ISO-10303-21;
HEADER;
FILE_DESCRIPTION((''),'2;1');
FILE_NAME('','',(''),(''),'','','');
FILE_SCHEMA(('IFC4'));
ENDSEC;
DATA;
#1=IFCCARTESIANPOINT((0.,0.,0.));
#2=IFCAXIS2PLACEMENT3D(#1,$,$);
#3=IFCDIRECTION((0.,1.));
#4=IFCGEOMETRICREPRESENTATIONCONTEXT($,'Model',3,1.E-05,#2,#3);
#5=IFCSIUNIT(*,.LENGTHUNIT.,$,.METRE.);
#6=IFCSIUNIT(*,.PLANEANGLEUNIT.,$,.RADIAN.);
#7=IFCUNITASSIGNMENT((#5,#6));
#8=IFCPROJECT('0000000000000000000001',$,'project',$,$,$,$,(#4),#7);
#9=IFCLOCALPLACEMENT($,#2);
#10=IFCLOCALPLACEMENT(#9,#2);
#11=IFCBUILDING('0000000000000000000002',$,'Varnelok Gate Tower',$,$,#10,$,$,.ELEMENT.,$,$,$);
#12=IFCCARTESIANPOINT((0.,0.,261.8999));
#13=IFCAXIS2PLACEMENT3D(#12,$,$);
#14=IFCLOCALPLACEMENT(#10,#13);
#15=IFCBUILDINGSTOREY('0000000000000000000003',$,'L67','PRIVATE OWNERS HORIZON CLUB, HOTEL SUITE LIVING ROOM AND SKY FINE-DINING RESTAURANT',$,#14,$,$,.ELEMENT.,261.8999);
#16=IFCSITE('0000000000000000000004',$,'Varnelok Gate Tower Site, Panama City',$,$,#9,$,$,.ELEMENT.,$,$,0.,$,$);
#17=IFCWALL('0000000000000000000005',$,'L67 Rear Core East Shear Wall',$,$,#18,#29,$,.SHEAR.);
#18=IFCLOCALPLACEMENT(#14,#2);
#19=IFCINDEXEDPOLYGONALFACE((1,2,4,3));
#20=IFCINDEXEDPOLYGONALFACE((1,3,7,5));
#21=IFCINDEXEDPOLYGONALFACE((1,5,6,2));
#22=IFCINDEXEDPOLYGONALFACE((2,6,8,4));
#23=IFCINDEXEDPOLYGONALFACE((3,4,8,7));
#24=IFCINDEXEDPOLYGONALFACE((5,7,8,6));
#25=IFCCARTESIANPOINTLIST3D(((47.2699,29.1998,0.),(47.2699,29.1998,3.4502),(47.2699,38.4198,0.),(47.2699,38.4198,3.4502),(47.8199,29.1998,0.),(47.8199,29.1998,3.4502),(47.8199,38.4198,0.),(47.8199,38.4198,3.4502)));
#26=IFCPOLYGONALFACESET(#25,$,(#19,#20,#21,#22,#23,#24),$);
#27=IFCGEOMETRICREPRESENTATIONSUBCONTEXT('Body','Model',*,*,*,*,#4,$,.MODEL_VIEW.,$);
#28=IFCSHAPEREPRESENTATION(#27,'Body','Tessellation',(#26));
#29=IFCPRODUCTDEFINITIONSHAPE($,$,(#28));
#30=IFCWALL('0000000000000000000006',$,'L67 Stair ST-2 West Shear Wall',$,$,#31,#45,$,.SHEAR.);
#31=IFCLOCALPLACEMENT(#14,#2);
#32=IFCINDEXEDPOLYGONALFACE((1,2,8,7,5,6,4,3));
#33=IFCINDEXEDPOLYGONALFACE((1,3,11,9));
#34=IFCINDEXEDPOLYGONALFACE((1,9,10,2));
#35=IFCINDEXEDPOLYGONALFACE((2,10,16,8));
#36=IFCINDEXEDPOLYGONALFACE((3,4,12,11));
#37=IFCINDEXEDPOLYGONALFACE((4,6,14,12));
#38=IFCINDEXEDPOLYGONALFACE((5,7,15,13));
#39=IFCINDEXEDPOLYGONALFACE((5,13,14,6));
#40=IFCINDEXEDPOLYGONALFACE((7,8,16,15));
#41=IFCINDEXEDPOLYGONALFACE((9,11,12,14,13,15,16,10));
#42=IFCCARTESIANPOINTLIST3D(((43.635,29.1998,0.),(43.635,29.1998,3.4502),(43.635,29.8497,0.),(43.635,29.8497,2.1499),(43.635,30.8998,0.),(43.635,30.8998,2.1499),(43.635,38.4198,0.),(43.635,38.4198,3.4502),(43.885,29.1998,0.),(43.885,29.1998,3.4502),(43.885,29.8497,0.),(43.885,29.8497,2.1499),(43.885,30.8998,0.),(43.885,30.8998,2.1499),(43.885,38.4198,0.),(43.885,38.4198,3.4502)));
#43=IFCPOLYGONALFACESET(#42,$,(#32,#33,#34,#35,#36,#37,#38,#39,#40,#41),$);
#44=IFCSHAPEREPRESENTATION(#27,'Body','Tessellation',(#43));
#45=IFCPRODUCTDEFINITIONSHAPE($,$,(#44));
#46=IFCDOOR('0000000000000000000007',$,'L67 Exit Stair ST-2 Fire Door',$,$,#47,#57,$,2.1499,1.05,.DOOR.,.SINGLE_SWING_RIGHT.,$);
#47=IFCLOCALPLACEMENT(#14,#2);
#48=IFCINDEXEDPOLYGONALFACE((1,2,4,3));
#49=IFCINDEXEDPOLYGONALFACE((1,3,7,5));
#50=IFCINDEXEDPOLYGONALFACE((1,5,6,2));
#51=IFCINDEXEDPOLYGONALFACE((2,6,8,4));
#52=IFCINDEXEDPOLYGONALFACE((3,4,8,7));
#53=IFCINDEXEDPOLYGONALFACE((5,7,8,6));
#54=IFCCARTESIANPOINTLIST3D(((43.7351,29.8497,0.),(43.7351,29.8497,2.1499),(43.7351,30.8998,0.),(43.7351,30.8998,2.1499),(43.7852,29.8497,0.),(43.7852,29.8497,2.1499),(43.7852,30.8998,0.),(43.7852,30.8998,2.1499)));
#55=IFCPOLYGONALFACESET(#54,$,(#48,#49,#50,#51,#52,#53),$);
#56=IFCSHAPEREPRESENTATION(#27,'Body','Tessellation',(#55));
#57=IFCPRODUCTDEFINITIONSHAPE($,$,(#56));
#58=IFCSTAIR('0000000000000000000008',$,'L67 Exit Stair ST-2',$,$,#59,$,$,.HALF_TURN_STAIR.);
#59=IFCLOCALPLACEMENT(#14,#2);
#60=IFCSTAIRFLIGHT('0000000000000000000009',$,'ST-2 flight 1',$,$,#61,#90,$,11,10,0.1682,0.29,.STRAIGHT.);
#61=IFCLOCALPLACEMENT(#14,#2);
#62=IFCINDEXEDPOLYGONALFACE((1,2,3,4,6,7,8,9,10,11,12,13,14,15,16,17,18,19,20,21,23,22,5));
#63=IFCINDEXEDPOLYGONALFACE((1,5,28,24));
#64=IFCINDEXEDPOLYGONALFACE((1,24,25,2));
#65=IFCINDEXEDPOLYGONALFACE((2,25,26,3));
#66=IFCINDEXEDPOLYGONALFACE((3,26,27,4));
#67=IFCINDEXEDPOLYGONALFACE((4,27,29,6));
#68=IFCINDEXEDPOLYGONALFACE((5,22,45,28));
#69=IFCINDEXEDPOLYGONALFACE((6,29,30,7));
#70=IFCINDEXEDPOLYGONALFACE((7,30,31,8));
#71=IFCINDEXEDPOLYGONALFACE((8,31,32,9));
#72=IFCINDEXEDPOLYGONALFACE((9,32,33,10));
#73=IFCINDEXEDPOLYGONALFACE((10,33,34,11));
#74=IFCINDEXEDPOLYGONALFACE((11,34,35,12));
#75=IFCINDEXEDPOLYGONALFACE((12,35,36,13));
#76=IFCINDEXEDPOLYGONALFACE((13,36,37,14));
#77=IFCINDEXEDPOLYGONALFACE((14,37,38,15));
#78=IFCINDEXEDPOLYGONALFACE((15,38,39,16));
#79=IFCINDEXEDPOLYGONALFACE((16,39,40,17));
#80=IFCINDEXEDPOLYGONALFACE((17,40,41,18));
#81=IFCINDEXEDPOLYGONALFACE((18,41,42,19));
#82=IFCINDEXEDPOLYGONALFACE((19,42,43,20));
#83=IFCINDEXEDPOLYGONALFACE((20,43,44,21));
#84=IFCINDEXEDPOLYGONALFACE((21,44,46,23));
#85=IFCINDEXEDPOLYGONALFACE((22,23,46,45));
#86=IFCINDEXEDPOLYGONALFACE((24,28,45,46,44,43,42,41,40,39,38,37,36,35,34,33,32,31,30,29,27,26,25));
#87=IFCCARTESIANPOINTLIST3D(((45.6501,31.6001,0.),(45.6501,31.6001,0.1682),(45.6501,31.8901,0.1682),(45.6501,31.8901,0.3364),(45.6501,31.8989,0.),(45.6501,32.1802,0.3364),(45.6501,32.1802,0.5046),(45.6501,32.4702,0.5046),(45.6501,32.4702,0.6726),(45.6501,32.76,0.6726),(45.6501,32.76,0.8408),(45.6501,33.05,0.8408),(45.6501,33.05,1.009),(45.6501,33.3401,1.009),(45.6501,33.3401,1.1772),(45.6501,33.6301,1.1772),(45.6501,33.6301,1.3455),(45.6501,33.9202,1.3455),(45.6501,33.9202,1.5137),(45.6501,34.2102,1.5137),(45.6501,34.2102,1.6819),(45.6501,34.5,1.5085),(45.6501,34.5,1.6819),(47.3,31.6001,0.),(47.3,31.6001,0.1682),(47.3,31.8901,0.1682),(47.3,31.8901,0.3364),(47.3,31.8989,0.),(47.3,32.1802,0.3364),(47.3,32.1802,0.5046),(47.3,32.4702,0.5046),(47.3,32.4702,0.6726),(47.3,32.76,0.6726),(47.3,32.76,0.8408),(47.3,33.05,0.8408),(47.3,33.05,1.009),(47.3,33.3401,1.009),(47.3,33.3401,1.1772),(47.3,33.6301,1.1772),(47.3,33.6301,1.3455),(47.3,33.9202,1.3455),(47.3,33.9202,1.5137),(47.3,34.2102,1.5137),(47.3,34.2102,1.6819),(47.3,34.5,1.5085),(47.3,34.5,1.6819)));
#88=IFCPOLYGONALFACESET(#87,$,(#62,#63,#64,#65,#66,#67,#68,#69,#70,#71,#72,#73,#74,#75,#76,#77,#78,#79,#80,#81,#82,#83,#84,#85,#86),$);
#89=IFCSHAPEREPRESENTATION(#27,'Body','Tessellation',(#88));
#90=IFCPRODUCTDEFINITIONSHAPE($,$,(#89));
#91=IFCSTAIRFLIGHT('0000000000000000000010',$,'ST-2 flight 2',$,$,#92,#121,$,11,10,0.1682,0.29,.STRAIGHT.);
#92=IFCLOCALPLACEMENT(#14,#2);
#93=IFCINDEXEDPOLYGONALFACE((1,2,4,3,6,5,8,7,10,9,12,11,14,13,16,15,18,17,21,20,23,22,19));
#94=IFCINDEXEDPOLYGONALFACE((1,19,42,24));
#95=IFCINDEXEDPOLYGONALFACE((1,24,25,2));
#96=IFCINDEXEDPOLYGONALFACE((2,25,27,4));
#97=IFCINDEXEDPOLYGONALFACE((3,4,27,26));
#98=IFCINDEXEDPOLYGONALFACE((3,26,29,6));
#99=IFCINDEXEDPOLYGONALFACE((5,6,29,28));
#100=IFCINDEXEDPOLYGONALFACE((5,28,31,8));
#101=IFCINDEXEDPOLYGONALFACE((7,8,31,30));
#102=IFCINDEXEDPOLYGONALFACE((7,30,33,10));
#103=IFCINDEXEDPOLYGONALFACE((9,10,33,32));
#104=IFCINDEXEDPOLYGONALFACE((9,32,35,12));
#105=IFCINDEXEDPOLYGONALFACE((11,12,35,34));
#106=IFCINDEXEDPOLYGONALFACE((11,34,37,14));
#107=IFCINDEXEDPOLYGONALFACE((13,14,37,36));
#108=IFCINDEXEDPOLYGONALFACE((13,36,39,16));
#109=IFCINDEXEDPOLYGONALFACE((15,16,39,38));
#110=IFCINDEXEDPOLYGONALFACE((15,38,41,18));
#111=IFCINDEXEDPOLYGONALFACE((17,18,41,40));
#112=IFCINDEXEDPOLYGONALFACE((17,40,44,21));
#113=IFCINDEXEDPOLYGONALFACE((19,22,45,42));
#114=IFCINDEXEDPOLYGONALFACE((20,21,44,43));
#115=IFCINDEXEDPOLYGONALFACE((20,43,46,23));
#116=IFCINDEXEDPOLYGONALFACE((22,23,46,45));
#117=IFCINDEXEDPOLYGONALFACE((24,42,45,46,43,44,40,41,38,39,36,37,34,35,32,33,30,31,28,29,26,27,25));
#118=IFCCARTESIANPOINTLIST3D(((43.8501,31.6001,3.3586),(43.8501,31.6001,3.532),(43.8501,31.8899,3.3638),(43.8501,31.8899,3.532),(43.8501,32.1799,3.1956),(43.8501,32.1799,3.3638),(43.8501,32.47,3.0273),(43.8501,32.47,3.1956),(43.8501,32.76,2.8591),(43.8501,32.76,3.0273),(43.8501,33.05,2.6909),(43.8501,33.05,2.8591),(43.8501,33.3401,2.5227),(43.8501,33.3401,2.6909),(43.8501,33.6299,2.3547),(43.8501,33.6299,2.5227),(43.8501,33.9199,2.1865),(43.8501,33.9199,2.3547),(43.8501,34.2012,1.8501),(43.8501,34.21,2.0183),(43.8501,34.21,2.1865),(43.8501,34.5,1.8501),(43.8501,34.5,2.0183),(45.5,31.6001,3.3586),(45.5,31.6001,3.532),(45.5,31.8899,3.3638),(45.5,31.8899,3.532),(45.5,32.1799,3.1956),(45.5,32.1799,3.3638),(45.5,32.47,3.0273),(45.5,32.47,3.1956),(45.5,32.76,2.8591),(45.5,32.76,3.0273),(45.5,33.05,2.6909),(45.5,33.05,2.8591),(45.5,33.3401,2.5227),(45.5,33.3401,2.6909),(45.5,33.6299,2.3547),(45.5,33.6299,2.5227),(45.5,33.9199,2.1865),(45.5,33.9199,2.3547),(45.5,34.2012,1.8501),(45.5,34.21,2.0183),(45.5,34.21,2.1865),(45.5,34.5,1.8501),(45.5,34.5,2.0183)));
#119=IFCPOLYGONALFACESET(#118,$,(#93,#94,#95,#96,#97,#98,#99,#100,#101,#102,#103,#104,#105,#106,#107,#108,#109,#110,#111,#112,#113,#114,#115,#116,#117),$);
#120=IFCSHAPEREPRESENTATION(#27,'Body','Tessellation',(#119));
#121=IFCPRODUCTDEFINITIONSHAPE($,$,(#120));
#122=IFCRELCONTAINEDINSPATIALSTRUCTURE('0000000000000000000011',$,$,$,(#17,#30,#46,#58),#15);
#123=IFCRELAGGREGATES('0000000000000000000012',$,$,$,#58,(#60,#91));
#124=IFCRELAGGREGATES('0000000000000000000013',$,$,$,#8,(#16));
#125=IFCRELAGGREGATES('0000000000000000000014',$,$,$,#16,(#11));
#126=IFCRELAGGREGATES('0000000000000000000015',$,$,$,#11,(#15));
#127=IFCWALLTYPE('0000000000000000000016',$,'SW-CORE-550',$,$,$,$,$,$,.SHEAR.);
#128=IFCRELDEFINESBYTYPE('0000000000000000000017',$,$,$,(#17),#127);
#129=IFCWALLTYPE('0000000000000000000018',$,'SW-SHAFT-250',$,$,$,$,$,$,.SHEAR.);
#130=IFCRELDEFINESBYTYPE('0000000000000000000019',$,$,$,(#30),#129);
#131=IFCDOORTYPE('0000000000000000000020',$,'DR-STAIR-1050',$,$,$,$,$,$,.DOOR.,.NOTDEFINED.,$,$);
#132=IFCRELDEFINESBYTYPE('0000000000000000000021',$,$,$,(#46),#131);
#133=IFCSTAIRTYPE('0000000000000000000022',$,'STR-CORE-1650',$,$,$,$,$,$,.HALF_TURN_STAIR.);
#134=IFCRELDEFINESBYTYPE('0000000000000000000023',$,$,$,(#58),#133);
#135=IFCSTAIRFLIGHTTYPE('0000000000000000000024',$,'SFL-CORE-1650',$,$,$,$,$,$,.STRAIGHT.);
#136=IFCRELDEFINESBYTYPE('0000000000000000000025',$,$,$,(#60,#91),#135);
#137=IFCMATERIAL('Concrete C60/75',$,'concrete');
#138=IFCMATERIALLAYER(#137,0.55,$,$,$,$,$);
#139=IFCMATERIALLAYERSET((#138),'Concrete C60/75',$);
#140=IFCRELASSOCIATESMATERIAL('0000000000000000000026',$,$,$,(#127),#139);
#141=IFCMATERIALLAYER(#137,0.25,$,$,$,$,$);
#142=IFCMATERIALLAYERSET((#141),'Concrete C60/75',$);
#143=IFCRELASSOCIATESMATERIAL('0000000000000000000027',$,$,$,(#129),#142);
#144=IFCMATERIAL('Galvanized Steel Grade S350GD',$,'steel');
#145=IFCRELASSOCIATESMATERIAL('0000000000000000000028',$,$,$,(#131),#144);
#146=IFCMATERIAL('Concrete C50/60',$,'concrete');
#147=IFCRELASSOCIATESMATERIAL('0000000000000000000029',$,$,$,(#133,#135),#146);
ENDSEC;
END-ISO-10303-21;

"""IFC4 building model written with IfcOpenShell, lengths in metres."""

from ifc_helpers import new_model, si_unit, direction, frame, frame_2d, origin, place, context, subcontext, project, spatial, polyline, rectangle, outline, extrude, material, layer, layer_set, type_object, element, fill, aggregate, save


model = new_model("IFC4")

# Units and contexts
model_context = context("Model", 3, precision=1e-05, world=origin(), true_north=direction((0.0, 1.0)))
body_context = subcontext(model_context, "Body", "Model", "MODEL_VIEW")
ifc_project = project(units=[si_unit("LENGTHUNIT", "METRE"), si_unit("PLANEANGLEUNIT", "RADIAN")], contexts=[model_context])

# Site, building, storey
site_placement = place(None, origin())
site = spatial("IfcSite", under=ifc_project, at=site_placement, Name="Varnelok Gate Tower Site, Panama City", CompositionType="ELEMENT", RefElevation=0.0)
building_placement = place(site_placement, origin())
building = spatial("IfcBuilding", under=site, at=building_placement, Name="Varnelok Gate Tower", CompositionType="ELEMENT")
storey_placement = place(building_placement, frame((0.0, 0.0, 261.8999)))
storey = spatial("IfcBuildingStorey", under=building, at=storey_placement, Name="L67", Description="PRIVATE OWNERS HORIZON CLUB, HOTEL SUITE LIVING ROOM AND SKY FINE-DINING RESTAURANT", CompositionType="ELEMENT", Elevation=261.8999)

# Shared definitions
ifc_material_1 = material(Name="Concrete C50/60", Category="concrete")

# Shared definitions
ifc_material_2 = material(Name="Galvanized Steel Grade S350GD", Category="steel")

# Wall
ifc_material_3 = material(Name="Concrete C60/75", Category="concrete")
ifc_layer_1 = layer(ifc_material_3, 0.55)
ifc_layer_set_1 = layer_set([ifc_layer_1], Name="Concrete C60/75")
wall_type_1 = type_object("IfcWallType", Name="SW-CORE-550", PredefinedType="SHEAR", material=ifc_layer_set_1)
wall_1_placement = place(storey_placement, frame((47.5449, 29.2, 0.0), z_axis=(0.0, 0.0, 1.0), x_axis=(0.0, 1.0, 0.0)))
element("IfcWall", 1, at=wall_1_placement, inside=storey, type_object=wall_type_1, Name="L67 Rear Core East Shear Wall", PredefinedType="SHEAR", context=body_context, shape_type="SweptSolid", body=[
    extrude(rectangle(XDim=9.22, YDim=0.55, at=frame_2d((4.6099, 0.0))), origin(), (0.0, 0.0, 1.0), 3.4502),
])

# Wall, opening, door
ifc_layer_2 = layer(ifc_material_3, 0.25)
ifc_layer_set_2 = layer_set([ifc_layer_2], Name="Concrete C60/75")
wall_type_2 = type_object("IfcWallType", Name="SW-SHAFT-250", PredefinedType="SHEAR", material=ifc_layer_set_2)
wall_2_placement = place(storey_placement, frame((43.76, 29.2, 0.0), z_axis=(0.0, 0.0, 1.0), x_axis=(0.0, 1.0, 0.0)))
wall_2 = element("IfcWall", 2, at=wall_2_placement, inside=storey, type_object=wall_type_2, Name="L67 Stair ST-2 West Shear Wall", PredefinedType="SHEAR", context=body_context, shape_type="SweptSolid", body=[
    extrude(rectangle(XDim=9.22, YDim=0.25, at=frame_2d((4.6099, 0.0))), origin(), (0.0, 0.0, 1.0), 3.4502),
])
opening_1_placement = place(wall_2_placement, frame((0.6499, 0.0, 0.0)))
opening_1 = element("IfcOpeningElement", 3, at=opening_1_placement, cuts=wall_2, PredefinedType="OPENING", context=body_context, shape_type="SweptSolid", body=[
    extrude(rectangle(XDim=1.05, YDim=2.1499, at=frame_2d((0.5249, 1.075))), frame((0.0, 0.135, 0.0), z_axis=(0.0, -1.0, 0.0), x_axis=(1.0, 0.0, 0.0)), (0.0, 0.0, 1.0), 0.27),
])
door_type_1 = type_object("IfcDoorType", Name="DR-STAIR-1050", OperationType="NOTDEFINED", PredefinedType="DOOR", material=ifc_material_2)
door_1_placement = place(opening_1_placement, origin())
door_1 = element("IfcDoor", 4, at=door_1_placement, inside=storey, type_object=door_type_1, Name="L67 Exit Stair ST-2 Fire Door", OperationType="SINGLE_SWING_RIGHT", OverallHeight=2.1499, OverallWidth=1.05, PredefinedType="DOOR", context=body_context, shape_type="SweptSolid", body=[
    extrude(rectangle(XDim=1.05, YDim=2.1499, at=frame_2d((0.5249, 1.075))), frame((0.0, 0.0249, 0.0), z_axis=(0.0, -1.0, 0.0), x_axis=(1.0, 0.0, 0.0)), (0.0, 0.0, 1.0), 0.05),
])
fill(opening_1, door_1)

# Stair, stair flights
stair_type = type_object("IfcStairType", Name="STR-CORE-1650", PredefinedType="HALF_TURN_STAIR", material=ifc_material_1)
stair_placement = place(storey_placement, origin())
stair = element("IfcStair", 5, at=stair_placement, inside=storey, type_object=stair_type, Name="L67 Exit Stair ST-2", PredefinedType="HALF_TURN_STAIR")
stair_flight_type = type_object("IfcStairFlightType", Name="SFL-CORE-1650", PredefinedType="STRAIGHT", material=ifc_material_1)
stair_flight_1_placement = place(storey_placement, frame((46.4751, 31.6001, 0.0), z_axis=(0.0, 0.0, 1.0), x_axis=(0.0, 1.0, 0.0)))
stair_flight_1 = element("IfcStairFlight", 6, at=stair_flight_1_placement, type_object=stair_flight_type, Name="ST-2 flight 1", NumberOfRisers=11, NumberOfTreads=10, PredefinedType="STRAIGHT", RiserHeight=0.1682, TreadLength=0.29, context=body_context, shape_type="SweptSolid", body=[
    extrude(outline(polyline([(0.0, 0.0), (0.0, 0.1682), (0.29, 0.1682), (0.29, 0.3364), (0.5801, 0.3364), (0.5801, 0.5046), (0.8701, 0.5046), (0.8701, 0.6726), (1.1599, 0.6726), (1.1599, 0.8408), (1.45, 0.8408), (1.45, 1.009), (1.74, 1.009), (1.74, 1.1772), (2.03, 1.1772), (2.03, 1.3455), (2.3201, 1.3455), (2.3201, 1.5137), (2.6101, 1.5137), (2.6101, 1.6819), (2.8999, 1.6819), (2.8999, 1.8501), (2.8999, 1.5085), (0.2988, 0.0), (0.0, 0.0)])), frame((0.0, 0.825, 0.0), z_axis=(0.0, -1.0, 0.0), x_axis=(1.0, 0.0, 0.0)), (0.0, 0.0, 1.0), 1.6499),
])
stair_flight_2_placement = place(storey_placement, frame((44.675, 34.5, 1.8501), z_axis=(0.0, 0.0, 1.0), x_axis=(0.0, -1.0, 0.0)))
stair_flight_2 = element("IfcStairFlight", 7, at=stair_flight_2_placement, type_object=stair_flight_type, Name="ST-2 flight 2", NumberOfRisers=11, NumberOfTreads=10, PredefinedType="STRAIGHT", RiserHeight=0.1682, TreadLength=0.29, context=body_context, shape_type="SweptSolid", body=[
    extrude(outline(polyline([(0.0, 0.0), (0.0, 0.1682), (0.29, 0.1682), (0.29, 0.3364), (0.5801, 0.3364), (0.5801, 0.5046), (0.8701, 0.5046), (0.8701, 0.6726), (1.1599, 0.6726), (1.1599, 0.8408), (1.45, 0.8408), (1.45, 1.009), (1.74, 1.009), (1.74, 1.1772), (2.03, 1.1772), (2.03, 1.3455), (2.3201, 1.3455), (2.3201, 1.5137), (2.6101, 1.5137), (2.6101, 1.6819), (2.8999, 1.6819), (2.8999, 1.8501), (2.8999, 1.5085), (0.2988, 0.0), (0.0, 0.0)])), frame((0.0, 0.825, 0.0), z_axis=(0.0, -1.0, 0.0), x_axis=(1.0, 0.0, 0.0)), (0.0, 0.0, 1.0), 1.6499),
])
aggregate(stair, [stair_flight_1, stair_flight_2])

save(model, "model.ifc")
